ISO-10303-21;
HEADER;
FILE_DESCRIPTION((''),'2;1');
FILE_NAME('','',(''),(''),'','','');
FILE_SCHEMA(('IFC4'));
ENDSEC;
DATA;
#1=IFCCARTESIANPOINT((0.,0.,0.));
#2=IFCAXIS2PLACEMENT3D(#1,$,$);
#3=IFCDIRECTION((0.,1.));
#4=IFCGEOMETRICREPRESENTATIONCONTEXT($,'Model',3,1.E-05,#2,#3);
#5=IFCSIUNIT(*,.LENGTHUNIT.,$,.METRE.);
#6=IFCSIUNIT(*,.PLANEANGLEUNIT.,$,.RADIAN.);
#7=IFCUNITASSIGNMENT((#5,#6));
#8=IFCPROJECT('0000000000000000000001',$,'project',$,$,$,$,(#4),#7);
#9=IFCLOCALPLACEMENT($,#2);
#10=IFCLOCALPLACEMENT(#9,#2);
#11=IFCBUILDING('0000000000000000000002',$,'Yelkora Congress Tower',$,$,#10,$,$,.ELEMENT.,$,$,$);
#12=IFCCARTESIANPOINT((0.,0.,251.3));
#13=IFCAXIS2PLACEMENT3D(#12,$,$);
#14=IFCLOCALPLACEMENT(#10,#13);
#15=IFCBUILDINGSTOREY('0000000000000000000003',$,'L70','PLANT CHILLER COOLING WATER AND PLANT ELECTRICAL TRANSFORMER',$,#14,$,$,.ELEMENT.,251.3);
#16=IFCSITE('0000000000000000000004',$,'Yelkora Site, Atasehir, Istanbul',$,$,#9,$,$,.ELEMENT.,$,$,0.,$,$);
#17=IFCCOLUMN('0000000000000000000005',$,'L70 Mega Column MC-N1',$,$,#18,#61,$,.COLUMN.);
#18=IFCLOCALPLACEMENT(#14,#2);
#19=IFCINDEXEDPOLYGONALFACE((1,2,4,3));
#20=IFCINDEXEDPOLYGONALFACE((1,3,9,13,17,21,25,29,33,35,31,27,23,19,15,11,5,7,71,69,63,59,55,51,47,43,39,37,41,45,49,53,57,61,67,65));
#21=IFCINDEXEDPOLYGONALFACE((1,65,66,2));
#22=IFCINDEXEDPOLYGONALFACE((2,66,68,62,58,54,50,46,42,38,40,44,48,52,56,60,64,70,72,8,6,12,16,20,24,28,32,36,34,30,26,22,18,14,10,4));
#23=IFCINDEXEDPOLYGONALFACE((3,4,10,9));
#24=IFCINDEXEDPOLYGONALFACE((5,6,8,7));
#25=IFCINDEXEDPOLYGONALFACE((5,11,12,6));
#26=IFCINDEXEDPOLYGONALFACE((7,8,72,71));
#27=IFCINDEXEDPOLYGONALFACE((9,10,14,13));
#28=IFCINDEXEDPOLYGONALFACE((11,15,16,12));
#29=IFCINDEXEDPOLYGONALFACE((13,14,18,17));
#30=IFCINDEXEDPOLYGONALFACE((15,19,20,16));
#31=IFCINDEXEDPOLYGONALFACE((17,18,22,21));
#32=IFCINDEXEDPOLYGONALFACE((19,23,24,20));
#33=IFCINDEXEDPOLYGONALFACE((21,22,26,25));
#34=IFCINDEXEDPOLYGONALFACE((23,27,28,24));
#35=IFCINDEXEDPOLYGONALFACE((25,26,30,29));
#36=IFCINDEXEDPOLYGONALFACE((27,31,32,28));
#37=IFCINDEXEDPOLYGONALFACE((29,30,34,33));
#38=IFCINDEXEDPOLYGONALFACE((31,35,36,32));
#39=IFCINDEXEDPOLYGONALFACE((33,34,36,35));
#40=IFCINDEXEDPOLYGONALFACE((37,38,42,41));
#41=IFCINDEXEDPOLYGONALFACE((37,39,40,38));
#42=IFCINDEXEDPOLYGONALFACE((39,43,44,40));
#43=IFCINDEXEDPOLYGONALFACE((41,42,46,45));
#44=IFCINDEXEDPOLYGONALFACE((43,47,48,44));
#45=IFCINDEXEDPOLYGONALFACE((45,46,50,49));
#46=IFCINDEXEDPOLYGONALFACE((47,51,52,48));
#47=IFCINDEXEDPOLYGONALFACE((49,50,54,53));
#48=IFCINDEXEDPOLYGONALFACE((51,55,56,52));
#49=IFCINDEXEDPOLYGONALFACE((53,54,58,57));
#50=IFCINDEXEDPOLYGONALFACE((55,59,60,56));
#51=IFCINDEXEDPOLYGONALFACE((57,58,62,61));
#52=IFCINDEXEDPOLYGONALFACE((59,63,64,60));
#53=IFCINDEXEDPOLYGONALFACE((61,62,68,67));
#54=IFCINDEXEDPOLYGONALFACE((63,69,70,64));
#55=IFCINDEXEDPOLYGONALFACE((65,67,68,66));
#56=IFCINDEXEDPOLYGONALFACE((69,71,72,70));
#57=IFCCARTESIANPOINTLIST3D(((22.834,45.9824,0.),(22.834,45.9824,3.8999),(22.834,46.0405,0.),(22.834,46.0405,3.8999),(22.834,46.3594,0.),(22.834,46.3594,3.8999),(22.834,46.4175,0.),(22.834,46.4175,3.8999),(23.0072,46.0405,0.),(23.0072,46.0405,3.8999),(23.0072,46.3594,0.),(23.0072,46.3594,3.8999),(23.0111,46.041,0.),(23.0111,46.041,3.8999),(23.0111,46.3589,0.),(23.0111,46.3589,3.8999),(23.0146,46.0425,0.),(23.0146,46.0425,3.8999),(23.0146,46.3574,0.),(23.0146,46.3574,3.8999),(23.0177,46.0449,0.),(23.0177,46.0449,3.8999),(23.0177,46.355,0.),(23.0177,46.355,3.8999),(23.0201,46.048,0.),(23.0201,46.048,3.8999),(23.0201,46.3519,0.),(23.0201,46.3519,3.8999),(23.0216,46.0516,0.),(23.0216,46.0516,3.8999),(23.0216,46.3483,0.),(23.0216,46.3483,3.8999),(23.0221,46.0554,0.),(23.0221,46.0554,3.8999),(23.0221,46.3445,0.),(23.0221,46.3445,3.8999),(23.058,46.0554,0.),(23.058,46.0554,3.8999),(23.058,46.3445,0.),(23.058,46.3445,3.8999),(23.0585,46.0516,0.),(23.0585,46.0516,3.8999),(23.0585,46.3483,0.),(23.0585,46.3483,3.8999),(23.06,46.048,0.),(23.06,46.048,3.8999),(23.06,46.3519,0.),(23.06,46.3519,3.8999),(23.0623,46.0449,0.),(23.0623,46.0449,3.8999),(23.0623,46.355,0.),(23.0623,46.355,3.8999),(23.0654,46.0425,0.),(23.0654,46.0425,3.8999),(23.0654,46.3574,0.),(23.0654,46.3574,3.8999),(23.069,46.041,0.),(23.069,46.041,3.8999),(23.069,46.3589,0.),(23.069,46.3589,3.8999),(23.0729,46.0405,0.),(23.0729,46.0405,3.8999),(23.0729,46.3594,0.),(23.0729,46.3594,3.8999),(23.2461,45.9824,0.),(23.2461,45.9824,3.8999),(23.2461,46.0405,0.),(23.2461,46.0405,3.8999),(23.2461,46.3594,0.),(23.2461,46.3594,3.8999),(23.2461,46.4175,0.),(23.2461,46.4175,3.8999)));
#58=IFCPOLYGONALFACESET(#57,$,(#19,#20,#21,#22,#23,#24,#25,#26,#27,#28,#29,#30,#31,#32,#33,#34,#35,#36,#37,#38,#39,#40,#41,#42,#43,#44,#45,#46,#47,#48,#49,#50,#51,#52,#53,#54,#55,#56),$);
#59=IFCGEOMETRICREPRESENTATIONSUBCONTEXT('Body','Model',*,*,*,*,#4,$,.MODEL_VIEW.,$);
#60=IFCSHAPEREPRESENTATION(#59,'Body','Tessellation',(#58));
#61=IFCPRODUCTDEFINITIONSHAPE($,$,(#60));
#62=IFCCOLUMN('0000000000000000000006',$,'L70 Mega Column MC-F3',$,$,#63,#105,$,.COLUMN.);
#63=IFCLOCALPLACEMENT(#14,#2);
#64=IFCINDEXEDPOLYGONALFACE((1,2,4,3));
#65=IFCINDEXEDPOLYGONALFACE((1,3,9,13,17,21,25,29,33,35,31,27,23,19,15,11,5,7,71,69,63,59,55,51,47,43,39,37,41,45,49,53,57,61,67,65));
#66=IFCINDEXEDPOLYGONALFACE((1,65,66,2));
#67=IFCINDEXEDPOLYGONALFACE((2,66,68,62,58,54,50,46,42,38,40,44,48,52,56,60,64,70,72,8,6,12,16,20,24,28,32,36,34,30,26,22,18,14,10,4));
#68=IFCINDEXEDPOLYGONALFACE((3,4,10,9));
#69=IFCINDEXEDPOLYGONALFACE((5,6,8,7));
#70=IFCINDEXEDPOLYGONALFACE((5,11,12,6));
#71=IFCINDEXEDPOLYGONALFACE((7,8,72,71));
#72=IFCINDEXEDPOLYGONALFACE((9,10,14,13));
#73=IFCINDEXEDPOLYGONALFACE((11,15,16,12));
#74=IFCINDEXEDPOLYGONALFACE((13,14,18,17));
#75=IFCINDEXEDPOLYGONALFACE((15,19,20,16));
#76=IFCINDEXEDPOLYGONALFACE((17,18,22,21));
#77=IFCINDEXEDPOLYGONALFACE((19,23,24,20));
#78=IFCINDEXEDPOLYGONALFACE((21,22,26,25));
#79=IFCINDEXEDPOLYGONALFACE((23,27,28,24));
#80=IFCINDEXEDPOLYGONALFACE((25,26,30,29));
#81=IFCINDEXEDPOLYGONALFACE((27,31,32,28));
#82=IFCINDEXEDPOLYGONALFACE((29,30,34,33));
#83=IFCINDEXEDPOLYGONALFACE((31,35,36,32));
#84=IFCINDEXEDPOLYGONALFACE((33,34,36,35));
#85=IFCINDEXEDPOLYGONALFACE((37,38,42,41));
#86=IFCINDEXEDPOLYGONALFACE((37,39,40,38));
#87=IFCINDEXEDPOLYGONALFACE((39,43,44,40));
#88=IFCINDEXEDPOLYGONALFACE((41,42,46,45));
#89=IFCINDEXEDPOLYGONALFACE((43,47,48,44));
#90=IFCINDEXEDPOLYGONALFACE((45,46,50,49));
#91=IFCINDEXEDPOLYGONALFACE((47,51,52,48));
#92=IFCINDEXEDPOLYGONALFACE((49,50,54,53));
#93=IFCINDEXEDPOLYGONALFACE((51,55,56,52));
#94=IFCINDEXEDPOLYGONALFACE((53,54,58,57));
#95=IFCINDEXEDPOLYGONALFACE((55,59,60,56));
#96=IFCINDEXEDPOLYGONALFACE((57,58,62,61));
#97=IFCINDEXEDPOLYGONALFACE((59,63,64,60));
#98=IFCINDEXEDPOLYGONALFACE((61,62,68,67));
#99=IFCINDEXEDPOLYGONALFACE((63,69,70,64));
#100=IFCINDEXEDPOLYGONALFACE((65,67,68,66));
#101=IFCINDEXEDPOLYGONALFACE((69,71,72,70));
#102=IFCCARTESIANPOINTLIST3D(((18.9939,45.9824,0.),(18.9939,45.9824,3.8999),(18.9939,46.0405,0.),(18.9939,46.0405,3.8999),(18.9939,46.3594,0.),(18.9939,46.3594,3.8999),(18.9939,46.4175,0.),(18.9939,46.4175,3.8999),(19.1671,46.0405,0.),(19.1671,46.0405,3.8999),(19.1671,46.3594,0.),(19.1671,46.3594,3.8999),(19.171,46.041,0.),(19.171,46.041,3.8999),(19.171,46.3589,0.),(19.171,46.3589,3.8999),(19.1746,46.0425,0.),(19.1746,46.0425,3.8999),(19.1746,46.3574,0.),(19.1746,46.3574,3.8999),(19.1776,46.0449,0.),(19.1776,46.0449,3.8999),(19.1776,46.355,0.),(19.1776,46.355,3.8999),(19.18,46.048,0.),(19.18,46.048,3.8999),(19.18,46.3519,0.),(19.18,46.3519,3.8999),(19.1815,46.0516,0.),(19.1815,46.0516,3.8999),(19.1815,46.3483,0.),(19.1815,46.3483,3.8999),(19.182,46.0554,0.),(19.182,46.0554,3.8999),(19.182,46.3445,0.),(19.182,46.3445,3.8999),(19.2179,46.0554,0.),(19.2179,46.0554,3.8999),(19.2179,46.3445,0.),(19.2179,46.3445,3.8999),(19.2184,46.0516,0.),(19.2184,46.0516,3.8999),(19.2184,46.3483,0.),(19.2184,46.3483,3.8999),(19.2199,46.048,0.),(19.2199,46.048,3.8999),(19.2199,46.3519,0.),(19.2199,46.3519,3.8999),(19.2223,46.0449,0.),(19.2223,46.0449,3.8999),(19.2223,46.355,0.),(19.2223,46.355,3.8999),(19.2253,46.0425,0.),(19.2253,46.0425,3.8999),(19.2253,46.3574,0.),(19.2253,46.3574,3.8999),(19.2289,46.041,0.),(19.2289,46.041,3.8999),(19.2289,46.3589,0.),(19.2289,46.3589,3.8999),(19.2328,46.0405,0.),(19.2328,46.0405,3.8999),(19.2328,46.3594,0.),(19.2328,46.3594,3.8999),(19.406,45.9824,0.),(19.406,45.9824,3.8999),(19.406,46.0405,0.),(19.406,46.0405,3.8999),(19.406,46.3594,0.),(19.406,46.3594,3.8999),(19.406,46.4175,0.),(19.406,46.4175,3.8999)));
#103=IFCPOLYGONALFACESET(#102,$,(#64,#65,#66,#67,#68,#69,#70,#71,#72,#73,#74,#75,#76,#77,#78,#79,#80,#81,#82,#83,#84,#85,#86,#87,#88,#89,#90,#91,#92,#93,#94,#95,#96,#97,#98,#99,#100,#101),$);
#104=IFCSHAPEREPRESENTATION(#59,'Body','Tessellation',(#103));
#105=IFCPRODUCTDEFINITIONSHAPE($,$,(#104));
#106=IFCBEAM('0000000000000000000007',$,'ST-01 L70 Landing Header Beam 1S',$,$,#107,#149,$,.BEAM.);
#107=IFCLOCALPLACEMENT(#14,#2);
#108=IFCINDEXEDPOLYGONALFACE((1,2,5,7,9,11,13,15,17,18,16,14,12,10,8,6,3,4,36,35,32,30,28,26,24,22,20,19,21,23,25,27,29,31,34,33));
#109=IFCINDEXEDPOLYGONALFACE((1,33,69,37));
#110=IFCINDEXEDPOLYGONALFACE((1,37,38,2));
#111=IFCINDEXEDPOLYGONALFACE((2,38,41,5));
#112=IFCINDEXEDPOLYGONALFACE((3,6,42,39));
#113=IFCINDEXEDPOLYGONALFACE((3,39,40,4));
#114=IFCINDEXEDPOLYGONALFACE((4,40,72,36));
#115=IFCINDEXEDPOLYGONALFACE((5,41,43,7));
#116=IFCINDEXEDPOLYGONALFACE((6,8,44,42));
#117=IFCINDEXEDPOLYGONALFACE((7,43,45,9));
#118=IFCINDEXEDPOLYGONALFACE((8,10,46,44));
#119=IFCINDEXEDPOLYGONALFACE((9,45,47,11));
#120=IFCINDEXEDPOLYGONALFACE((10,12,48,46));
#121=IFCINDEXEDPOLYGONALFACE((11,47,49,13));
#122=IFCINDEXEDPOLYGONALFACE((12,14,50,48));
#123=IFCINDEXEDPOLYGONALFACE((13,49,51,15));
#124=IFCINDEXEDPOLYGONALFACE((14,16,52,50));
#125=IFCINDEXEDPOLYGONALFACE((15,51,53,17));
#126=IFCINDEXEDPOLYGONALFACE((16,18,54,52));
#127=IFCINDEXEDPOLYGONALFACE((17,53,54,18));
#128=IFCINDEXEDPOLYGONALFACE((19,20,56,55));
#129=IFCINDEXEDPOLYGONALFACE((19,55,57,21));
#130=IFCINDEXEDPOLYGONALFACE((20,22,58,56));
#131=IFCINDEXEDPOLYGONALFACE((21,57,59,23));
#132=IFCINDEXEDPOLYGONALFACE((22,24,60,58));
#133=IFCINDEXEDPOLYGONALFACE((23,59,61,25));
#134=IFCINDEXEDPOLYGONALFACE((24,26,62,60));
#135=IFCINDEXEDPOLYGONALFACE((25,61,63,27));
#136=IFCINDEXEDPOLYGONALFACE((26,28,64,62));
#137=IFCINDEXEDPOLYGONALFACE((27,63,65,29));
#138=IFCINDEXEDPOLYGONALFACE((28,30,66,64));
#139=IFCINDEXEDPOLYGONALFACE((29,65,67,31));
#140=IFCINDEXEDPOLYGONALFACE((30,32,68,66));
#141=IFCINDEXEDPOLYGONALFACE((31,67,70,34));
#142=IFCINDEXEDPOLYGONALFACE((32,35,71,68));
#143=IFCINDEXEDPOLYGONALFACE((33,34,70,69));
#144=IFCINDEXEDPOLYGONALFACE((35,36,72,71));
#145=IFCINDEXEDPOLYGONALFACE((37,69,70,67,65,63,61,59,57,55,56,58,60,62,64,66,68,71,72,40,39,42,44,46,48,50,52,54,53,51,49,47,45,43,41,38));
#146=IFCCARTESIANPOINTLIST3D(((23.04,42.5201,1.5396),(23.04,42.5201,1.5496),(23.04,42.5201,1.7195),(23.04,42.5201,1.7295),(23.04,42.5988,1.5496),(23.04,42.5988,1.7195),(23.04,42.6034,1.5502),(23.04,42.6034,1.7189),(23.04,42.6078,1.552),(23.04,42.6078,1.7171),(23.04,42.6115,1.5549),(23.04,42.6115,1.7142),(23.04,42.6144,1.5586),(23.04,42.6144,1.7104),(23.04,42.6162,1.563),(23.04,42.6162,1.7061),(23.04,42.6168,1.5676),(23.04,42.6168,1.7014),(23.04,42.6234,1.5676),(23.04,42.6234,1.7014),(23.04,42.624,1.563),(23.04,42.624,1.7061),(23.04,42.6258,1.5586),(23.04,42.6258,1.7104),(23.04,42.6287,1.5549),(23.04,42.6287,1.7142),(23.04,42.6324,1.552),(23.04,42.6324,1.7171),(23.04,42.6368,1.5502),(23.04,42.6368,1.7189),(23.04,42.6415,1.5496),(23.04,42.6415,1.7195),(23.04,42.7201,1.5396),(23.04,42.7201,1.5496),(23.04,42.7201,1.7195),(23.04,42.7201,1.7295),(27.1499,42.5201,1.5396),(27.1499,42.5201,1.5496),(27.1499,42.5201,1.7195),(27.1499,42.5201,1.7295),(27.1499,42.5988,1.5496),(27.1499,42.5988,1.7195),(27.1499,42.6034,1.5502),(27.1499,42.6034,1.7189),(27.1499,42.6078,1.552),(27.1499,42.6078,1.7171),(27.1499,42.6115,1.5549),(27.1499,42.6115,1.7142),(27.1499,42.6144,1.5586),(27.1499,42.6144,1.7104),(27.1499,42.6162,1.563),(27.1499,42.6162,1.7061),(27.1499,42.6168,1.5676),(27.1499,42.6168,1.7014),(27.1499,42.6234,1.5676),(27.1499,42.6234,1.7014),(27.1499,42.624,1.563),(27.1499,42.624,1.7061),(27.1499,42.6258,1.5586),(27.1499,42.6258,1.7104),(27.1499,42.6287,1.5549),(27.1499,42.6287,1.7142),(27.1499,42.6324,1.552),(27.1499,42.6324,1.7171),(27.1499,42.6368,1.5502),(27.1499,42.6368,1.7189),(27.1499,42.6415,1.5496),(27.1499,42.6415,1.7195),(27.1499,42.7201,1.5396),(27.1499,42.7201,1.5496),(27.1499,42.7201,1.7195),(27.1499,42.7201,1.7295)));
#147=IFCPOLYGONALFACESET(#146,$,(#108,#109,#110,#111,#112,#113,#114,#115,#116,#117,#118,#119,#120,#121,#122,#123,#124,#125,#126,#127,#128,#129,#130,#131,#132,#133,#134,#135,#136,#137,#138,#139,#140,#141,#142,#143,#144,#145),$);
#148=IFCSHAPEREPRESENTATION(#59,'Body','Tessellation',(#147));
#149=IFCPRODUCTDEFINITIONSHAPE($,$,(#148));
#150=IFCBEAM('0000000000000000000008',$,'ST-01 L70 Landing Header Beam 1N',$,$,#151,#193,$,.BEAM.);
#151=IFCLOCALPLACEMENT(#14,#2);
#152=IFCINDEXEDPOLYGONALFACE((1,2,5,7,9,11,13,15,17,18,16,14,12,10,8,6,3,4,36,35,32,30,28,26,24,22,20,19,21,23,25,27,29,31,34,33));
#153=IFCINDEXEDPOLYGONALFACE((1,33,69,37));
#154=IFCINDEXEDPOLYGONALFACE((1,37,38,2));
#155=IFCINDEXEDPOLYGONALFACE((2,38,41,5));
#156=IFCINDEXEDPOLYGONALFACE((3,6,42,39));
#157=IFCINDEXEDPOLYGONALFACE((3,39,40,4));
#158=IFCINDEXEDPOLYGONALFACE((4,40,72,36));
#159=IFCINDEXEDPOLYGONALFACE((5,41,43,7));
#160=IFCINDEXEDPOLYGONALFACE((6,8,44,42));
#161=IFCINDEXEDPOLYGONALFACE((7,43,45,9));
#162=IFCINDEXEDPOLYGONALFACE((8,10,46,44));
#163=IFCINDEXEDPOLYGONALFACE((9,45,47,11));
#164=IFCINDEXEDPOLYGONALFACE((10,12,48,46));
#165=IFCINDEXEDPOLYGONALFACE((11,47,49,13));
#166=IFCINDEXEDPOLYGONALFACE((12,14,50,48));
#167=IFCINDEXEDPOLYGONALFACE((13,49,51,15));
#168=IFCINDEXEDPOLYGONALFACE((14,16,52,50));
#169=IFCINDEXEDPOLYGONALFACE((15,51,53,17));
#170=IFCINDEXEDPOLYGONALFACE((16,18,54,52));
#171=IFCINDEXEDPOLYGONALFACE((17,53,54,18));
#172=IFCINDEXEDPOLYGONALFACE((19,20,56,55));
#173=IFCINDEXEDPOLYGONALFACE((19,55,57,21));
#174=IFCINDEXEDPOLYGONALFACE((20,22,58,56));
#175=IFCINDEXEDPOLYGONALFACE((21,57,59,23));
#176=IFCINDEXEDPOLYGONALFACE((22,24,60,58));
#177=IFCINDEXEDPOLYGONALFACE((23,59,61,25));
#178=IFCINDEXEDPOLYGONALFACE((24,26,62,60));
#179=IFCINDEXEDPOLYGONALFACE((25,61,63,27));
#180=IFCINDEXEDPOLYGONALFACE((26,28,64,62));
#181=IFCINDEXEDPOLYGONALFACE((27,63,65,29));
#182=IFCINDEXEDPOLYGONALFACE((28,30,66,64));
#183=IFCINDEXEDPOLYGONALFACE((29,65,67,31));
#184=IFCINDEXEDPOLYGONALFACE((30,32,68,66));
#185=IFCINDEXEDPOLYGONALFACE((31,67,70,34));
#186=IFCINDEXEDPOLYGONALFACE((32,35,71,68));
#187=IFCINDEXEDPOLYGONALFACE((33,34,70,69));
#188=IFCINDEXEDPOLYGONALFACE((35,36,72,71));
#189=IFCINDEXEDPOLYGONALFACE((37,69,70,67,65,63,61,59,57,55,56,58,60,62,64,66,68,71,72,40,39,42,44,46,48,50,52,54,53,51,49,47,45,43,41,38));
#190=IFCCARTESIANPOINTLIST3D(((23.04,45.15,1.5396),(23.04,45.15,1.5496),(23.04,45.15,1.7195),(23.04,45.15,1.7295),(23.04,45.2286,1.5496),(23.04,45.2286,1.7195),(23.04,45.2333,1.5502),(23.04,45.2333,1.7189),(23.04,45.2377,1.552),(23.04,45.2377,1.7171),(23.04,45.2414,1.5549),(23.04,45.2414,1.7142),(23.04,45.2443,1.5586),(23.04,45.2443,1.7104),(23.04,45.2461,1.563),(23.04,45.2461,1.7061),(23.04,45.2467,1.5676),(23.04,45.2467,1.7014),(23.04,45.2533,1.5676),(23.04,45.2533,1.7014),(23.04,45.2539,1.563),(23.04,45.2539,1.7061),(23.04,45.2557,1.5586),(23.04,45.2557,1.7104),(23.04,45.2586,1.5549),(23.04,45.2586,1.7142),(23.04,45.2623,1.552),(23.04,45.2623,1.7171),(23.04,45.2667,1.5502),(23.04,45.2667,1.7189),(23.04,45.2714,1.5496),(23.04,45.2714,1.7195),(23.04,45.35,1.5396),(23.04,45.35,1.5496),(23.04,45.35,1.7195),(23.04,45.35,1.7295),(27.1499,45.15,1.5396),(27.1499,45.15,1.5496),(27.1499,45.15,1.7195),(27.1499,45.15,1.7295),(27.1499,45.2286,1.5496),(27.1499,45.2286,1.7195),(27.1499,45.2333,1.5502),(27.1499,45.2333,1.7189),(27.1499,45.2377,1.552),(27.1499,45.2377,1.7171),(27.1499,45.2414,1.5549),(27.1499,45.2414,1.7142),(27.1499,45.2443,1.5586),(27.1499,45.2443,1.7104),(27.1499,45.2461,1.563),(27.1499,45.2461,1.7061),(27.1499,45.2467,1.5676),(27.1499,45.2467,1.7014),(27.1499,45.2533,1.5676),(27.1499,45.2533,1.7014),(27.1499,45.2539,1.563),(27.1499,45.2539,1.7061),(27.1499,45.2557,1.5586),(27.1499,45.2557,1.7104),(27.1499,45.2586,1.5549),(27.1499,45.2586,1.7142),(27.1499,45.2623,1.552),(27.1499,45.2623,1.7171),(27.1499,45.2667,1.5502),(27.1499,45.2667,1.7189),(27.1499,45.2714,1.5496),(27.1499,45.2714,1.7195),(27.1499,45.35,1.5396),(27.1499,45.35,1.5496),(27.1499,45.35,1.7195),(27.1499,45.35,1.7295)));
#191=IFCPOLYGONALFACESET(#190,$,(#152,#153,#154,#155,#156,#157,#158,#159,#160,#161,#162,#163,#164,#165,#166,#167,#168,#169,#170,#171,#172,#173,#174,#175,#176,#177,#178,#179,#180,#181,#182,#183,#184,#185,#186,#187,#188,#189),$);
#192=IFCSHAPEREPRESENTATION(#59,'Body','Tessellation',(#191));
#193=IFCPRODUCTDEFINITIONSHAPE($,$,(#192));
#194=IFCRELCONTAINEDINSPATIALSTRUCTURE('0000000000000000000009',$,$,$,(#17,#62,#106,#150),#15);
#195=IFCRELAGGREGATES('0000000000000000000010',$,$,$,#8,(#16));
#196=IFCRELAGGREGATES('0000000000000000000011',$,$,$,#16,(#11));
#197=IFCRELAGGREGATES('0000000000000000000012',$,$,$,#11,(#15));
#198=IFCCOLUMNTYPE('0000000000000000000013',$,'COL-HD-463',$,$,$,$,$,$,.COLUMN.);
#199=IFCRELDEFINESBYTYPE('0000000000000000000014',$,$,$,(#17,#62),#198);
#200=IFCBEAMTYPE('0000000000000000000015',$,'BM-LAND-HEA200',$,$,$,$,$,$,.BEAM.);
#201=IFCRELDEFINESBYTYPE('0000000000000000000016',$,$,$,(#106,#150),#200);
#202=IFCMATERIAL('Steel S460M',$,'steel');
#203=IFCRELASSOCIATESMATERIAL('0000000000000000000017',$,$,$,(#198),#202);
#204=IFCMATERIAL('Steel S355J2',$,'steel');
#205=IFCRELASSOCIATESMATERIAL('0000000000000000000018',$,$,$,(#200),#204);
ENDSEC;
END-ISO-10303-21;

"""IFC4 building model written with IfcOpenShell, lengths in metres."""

from ifc_helpers import new_model, si_unit, direction, frame, origin, origin_2d, place, context, subcontext, project, spatial, i_section, extrude, material, material_profile, profile_set, type_object, element, save


model = new_model("IFC4")

# Units and contexts
model_context = context("Model", 3, precision=1e-05, world=origin(), true_north=direction((0.0, 1.0)))
body_context = subcontext(model_context, "Body", "Model", "MODEL_VIEW")
ifc_project = project(units=[si_unit("LENGTHUNIT", "METRE"), si_unit("PLANEANGLEUNIT", "RADIAN")], contexts=[model_context])

# Site, building, storey
site_placement = place(None, origin())
site = spatial("IfcSite", under=ifc_project, at=site_placement, Name="Yelkora Site, Atasehir, Istanbul", CompositionType="ELEMENT", RefElevation=0.0)
building_placement = place(site_placement, origin())
building = spatial("IfcBuilding", under=site, at=building_placement, Name="Yelkora Congress Tower", CompositionType="ELEMENT")
storey_placement = place(building_placement, frame((0.0, 0.0, 251.3)))
storey = spatial("IfcBuildingStorey", under=building, at=storey_placement, Name="L70", Description="PLANT CHILLER COOLING WATER AND PLANT ELECTRICAL TRANSFORMER", CompositionType="ELEMENT", Elevation=251.3)

# Columns
ifc_material_1 = material(Name="Steel S460M", Category="steel")
ifc_material_profile_1 = material_profile(ifc_material_1, i_section(OverallWidth=0.4121, OverallDepth=0.4351, WebThickness=0.0359, FlangeThickness=0.0581, FilletRadius=0.0149, at=origin_2d()), Name="HD 400x463")
ifc_profile_set_1 = profile_set([ifc_material_profile_1], Name="Steel S460M")
column_type = type_object("IfcColumnType", Name="COL-HD-463", PredefinedType="COLUMN", material=ifc_profile_set_1)
for number, where, z_axis, x_axis, name in (
    (1, (23.04, 46.2, 0.0), (0.0, 0.0, 1.0), (1.0, 0.0, 0.0), "L70 Mega Column MC-N1"),
    (2, (19.2, 46.2, 0.0), (0.0, 0.0, 1.0), (1.0, 0.0, 0.0), "L70 Mega Column MC-F3"),
):
    element("IfcColumn", number, at=place(storey_placement, frame(where, z_axis=z_axis, x_axis=x_axis)), inside=storey, type_object=column_type, Name=name, PredefinedType="COLUMN", context=body_context, shape_type="SweptSolid", body=[
        extrude(i_section(OverallWidth=0.4121, OverallDepth=0.4351, WebThickness=0.0359, FlangeThickness=0.0581, FilletRadius=0.0149, at=origin_2d()), origin(), (0.0, 0.0, 1.0), 3.8999),
    ])

# Beams
ifc_material_2 = material(Name="Steel S355J2", Category="steel")
ifc_material_profile_2 = material_profile(ifc_material_2, i_section(OverallWidth=0.2, OverallDepth=0.1899, WebThickness=0.0066, FlangeThickness=0.01, FilletRadius=0.0181, at=origin_2d()), Name="HEA 200")
ifc_profile_set_2 = profile_set([ifc_material_profile_2], Name="Steel S355J2")
beam_type = type_object("IfcBeamType", Name="BM-LAND-HEA200", PredefinedType="BEAM", material=ifc_profile_set_2)
for number, where, z_axis, x_axis, name in (
    (3, (23.04, 42.6201, 1.6345), (1.0, 0.0, 0.0), (0.0, 1.0, 0.0), "ST-01 L70 Landing Header Beam 1S"),
    (4, (23.04, 45.25, 1.6345), (1.0, 0.0, 0.0), (0.0, 1.0, 0.0), "ST-01 L70 Landing Header Beam 1N"),
):
    element("IfcBeam", number, at=place(storey_placement, frame(where, z_axis=z_axis, x_axis=x_axis)), inside=storey, type_object=beam_type, Name=name, PredefinedType="BEAM", context=body_context, shape_type="SweptSolid", body=[
        extrude(i_section(OverallWidth=0.2, OverallDepth=0.1899, WebThickness=0.0066, FlangeThickness=0.01, FilletRadius=0.0181, at=origin_2d()), origin(), (0.0, 0.0, 1.0), 4.1099),
    ])

save(model, "model.ifc")
